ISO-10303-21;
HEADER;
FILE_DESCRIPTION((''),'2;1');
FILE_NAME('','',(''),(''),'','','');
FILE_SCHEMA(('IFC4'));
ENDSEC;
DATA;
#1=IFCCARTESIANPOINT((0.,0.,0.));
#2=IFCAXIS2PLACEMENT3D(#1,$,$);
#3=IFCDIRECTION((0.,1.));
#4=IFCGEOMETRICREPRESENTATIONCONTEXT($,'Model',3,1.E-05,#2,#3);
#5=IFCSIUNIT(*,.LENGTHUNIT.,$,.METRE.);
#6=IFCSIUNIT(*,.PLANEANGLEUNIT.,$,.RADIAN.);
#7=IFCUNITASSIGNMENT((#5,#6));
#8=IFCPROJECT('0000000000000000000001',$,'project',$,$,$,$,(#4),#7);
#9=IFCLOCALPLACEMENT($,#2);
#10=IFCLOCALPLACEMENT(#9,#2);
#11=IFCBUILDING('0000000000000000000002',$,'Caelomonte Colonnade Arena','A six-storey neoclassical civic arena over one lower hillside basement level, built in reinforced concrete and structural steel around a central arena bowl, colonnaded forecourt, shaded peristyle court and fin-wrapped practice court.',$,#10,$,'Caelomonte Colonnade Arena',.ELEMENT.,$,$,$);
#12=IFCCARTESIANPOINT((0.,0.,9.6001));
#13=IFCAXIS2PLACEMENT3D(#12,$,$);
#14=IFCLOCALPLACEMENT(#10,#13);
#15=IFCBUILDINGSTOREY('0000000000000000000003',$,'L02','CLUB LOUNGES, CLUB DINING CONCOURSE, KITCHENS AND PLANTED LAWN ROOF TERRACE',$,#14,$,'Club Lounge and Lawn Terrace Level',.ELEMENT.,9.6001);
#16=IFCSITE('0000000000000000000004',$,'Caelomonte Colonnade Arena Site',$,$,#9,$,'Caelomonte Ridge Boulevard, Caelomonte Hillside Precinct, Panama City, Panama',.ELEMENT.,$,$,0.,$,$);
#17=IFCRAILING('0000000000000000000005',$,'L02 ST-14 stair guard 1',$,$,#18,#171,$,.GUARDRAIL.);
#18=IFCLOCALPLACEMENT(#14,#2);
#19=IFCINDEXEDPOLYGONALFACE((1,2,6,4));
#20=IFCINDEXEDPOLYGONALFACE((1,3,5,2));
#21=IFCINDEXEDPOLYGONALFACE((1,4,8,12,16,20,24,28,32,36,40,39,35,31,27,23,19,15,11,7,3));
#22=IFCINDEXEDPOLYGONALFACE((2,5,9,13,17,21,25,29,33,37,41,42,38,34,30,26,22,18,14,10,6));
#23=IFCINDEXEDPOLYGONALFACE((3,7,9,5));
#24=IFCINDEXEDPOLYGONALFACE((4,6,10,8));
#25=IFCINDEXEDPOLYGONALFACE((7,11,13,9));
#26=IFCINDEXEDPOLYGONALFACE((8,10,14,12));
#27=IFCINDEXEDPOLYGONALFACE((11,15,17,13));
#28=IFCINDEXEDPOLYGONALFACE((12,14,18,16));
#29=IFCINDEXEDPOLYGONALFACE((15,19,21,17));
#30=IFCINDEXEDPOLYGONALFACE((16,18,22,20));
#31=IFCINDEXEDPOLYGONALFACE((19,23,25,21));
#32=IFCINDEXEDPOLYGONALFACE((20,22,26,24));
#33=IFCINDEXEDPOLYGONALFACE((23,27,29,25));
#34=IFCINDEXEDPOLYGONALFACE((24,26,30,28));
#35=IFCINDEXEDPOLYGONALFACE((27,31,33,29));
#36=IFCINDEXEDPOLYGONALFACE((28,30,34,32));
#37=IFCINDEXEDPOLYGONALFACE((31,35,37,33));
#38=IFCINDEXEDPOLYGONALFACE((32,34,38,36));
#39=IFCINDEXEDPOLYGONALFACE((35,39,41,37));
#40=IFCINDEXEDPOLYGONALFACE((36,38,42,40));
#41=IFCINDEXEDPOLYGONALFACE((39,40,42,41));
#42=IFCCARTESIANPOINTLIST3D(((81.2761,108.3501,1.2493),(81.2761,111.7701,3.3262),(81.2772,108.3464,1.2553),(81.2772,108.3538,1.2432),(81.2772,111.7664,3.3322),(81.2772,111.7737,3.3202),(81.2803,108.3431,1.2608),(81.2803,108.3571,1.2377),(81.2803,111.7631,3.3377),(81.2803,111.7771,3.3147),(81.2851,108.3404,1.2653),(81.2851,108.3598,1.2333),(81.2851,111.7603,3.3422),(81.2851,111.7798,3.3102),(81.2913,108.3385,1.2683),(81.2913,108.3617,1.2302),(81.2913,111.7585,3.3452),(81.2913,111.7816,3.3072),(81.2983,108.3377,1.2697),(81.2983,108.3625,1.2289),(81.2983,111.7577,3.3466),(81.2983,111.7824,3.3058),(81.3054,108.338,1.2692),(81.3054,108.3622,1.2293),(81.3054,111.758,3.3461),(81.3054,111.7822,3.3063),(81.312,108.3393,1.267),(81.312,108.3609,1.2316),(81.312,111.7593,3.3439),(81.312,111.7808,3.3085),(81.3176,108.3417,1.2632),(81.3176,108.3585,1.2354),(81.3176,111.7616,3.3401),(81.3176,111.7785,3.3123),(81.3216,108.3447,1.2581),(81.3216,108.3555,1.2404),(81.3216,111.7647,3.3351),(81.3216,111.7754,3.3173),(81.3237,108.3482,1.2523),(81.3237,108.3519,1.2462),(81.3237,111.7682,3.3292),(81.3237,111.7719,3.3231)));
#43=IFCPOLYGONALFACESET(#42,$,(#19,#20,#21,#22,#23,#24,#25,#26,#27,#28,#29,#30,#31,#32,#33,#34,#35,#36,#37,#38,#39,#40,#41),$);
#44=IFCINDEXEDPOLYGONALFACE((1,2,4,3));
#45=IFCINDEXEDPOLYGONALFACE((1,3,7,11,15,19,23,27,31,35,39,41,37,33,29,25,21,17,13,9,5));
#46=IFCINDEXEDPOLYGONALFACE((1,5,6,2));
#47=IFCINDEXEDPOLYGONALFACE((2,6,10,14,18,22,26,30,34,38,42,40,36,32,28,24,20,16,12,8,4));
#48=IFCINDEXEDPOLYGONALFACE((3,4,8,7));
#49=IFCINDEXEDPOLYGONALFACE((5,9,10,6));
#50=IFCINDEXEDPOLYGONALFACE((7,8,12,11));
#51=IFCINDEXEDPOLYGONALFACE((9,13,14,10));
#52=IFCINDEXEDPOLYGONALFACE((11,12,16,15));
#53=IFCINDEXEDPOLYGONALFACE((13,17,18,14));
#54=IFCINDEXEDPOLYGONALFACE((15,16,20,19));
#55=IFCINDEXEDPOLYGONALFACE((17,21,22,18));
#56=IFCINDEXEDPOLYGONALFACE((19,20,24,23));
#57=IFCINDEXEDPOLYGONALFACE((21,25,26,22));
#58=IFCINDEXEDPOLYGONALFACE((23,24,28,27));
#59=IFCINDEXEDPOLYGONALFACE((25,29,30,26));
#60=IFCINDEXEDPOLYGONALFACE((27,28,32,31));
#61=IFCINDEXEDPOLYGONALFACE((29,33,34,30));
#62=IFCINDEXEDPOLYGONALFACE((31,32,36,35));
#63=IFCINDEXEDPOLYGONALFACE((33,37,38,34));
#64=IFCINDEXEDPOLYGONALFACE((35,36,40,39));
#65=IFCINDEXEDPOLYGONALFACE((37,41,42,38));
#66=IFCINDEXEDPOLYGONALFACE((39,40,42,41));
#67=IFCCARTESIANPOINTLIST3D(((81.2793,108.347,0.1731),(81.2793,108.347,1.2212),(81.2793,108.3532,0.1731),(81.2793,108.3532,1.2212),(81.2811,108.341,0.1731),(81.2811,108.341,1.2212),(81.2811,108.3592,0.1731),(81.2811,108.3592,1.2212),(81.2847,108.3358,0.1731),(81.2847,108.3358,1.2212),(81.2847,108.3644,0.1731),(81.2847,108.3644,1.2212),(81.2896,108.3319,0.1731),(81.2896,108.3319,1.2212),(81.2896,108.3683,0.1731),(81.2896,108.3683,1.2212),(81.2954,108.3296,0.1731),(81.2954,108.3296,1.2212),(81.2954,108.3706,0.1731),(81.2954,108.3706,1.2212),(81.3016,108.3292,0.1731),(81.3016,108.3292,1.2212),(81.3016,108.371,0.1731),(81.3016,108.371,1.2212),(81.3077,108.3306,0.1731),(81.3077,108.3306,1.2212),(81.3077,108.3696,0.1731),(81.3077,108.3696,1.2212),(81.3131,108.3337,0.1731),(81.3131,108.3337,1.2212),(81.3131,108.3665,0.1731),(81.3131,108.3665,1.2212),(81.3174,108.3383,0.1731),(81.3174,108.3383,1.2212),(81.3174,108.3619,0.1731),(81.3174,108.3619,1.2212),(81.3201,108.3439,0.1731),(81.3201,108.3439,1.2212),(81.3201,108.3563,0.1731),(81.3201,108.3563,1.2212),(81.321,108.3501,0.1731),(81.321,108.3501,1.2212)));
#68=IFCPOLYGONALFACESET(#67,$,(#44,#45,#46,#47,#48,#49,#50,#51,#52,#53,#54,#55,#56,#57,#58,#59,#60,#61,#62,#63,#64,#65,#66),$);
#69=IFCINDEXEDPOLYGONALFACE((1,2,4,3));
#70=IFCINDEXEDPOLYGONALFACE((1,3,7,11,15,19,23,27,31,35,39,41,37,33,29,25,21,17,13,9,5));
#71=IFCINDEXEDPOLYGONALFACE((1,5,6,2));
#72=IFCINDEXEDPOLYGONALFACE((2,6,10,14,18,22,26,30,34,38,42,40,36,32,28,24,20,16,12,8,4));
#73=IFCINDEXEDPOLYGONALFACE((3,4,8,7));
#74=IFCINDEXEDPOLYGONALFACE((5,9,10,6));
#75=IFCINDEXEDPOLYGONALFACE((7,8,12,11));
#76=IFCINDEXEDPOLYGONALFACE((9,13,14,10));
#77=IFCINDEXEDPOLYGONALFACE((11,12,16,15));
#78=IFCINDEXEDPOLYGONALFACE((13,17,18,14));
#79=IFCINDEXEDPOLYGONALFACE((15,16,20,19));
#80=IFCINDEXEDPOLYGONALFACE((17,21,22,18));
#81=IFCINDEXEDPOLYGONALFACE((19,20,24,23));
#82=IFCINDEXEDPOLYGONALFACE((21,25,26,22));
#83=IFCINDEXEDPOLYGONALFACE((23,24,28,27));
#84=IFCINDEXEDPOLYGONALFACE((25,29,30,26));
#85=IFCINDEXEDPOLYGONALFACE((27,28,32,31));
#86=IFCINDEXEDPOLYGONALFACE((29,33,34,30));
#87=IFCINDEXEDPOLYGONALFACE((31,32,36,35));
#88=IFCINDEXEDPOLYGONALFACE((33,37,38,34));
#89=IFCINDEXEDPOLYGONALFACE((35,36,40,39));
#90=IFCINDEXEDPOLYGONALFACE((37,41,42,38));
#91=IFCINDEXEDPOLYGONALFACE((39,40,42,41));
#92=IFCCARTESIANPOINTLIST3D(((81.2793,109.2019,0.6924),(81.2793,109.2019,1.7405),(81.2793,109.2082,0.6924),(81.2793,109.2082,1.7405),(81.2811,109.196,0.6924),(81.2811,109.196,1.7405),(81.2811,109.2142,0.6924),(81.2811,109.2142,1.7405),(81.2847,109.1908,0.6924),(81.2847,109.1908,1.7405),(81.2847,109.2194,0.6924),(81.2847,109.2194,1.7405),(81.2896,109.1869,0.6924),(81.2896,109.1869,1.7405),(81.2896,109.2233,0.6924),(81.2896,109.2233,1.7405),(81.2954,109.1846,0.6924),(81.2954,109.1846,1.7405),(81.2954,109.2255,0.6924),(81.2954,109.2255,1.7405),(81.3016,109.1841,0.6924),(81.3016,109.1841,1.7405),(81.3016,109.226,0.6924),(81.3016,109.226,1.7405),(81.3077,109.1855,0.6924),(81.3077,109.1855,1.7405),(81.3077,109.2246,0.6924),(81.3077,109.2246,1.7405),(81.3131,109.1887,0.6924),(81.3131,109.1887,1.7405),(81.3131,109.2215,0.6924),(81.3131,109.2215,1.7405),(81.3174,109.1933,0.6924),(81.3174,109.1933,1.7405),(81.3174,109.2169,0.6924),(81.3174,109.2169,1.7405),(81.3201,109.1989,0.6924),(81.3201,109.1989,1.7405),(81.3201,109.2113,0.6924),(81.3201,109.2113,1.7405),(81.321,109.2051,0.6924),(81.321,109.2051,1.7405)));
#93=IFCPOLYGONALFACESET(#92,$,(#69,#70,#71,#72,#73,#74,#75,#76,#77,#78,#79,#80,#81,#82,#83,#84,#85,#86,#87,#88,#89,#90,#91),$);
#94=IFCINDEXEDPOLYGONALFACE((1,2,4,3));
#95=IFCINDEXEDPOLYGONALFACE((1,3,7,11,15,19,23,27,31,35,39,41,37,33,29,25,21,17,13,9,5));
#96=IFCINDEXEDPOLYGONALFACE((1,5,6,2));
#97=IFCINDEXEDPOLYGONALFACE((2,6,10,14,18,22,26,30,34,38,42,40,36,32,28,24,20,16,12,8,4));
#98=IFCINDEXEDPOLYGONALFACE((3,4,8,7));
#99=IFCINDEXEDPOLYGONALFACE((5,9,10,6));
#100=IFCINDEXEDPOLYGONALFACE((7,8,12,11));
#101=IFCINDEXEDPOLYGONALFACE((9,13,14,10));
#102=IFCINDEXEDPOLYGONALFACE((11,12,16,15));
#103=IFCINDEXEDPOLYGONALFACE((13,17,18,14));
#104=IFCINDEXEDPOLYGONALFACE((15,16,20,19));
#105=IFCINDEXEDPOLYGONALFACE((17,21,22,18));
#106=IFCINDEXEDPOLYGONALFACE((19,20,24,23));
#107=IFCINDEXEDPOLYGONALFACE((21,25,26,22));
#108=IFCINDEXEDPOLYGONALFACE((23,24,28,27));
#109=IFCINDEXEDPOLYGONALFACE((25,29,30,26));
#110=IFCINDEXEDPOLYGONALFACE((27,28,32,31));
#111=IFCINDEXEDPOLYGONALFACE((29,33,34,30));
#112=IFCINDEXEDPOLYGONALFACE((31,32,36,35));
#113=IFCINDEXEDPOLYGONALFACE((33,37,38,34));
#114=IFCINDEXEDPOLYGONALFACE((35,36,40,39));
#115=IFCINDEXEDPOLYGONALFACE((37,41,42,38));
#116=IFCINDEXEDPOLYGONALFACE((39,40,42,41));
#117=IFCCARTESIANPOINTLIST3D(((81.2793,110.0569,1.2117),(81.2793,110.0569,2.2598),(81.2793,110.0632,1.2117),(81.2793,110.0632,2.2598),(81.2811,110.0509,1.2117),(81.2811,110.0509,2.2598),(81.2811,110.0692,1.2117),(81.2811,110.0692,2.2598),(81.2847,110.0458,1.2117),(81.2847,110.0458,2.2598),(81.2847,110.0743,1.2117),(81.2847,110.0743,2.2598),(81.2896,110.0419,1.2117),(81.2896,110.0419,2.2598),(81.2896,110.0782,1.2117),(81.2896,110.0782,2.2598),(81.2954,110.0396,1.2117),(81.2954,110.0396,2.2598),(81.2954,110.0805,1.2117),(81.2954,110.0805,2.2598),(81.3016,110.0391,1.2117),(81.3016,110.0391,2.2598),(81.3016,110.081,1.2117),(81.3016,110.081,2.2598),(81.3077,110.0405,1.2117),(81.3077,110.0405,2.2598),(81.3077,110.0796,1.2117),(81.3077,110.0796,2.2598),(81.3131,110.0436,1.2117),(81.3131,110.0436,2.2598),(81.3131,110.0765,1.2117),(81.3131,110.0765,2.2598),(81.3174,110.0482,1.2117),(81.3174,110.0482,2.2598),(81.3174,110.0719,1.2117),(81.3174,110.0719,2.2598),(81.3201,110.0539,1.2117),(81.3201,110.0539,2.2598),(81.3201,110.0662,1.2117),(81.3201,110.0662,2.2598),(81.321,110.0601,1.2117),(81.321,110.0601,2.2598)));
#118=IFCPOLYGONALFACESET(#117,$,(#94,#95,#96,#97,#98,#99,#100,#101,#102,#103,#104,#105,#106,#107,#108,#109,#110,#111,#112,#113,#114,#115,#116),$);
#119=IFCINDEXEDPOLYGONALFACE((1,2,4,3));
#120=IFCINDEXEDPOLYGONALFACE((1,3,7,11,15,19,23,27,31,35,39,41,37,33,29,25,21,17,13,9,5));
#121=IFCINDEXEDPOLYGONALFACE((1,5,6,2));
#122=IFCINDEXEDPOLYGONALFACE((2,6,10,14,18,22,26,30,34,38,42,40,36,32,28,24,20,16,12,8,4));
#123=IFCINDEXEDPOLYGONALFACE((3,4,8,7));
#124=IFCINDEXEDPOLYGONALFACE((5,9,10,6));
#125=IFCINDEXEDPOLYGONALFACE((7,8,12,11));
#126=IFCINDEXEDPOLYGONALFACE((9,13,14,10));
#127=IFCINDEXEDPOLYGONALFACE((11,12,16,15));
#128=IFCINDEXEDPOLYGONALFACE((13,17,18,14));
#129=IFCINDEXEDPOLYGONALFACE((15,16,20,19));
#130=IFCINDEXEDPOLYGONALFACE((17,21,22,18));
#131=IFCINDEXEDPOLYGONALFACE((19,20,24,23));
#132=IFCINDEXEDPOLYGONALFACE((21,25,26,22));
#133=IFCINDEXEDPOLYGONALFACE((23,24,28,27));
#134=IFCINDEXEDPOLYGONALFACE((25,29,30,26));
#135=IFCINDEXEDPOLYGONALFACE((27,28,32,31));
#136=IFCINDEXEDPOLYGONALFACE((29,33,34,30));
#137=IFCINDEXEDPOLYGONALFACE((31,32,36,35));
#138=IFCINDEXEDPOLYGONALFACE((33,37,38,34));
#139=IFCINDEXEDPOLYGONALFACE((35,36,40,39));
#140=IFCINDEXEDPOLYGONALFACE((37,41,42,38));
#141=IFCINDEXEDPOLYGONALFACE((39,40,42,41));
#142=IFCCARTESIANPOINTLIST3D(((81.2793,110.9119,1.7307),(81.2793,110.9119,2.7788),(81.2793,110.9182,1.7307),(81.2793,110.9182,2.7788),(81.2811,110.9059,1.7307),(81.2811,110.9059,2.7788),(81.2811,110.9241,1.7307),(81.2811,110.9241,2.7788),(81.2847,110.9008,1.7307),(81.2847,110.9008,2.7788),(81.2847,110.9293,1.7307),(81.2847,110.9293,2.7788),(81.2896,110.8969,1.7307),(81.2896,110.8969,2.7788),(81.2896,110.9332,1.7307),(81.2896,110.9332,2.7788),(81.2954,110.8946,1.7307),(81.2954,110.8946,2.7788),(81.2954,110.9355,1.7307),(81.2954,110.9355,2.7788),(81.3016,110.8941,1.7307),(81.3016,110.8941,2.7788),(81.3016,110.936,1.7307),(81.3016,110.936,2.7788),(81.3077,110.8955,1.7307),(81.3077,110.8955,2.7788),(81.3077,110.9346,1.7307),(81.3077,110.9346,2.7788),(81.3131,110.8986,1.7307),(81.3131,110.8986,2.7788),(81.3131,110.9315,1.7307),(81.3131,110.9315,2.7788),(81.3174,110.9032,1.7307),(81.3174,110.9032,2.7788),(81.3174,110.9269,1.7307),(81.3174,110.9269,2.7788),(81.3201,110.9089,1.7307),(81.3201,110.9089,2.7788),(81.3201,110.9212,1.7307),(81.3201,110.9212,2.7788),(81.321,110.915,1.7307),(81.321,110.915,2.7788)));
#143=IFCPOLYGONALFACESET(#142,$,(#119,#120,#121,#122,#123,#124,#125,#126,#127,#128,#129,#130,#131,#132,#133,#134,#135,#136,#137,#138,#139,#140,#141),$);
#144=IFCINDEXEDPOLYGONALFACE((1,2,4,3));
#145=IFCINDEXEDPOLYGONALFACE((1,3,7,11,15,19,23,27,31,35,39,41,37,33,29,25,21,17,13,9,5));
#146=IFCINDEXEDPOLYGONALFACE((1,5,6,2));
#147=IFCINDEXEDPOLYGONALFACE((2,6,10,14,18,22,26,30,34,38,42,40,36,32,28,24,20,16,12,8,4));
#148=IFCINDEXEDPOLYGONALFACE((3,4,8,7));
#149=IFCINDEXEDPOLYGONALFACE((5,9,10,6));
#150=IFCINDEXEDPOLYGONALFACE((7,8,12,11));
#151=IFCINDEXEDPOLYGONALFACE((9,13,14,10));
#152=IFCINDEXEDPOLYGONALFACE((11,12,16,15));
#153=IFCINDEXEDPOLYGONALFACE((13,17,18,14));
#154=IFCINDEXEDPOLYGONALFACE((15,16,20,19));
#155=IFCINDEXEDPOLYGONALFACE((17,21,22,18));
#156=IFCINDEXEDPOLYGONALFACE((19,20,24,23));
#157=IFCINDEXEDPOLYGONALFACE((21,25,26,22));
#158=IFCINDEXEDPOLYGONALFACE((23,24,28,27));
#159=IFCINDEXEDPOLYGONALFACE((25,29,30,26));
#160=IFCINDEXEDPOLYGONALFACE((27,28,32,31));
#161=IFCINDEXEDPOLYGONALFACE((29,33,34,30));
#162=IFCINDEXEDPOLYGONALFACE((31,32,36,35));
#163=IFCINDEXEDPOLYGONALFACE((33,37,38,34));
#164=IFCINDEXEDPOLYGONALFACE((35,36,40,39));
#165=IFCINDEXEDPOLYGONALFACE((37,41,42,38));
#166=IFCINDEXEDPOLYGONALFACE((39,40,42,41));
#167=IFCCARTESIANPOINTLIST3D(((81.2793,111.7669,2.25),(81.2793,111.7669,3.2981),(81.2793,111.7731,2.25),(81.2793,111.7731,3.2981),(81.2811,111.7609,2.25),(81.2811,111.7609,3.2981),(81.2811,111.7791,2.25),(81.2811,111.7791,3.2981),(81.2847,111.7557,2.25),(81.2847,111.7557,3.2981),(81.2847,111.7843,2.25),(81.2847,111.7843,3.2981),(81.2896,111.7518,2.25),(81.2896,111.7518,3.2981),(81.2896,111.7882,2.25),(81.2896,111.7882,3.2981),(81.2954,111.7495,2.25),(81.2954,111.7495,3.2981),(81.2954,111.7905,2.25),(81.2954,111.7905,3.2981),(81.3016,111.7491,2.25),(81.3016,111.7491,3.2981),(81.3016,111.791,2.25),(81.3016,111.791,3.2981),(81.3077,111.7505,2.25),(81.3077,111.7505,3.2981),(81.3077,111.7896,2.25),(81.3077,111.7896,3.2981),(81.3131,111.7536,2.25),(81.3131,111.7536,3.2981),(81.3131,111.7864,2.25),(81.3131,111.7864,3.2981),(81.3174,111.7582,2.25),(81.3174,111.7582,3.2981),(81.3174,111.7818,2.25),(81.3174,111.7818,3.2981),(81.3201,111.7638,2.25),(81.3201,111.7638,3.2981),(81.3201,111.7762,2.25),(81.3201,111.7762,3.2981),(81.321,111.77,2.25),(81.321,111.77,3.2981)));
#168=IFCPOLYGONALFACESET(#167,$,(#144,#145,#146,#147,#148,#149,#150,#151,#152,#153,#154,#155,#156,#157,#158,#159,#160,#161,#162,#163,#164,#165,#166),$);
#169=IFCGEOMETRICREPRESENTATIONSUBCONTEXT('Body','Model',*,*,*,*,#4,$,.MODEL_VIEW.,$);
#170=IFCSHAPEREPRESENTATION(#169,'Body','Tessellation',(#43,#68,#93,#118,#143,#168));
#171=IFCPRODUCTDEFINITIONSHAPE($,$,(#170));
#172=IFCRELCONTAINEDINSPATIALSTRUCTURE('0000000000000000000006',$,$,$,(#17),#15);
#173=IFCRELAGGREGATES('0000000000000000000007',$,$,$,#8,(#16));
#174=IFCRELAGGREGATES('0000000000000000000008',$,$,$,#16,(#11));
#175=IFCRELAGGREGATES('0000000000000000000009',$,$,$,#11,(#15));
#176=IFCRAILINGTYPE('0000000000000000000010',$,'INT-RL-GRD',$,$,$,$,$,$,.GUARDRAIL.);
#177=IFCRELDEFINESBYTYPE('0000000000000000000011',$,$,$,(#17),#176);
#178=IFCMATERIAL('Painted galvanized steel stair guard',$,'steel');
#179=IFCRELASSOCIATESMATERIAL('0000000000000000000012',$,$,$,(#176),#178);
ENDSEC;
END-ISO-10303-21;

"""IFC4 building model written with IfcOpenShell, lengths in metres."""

from ifc_helpers import new_model, si_unit, direction, frame, origin, origin_2d, place, context, subcontext, project, spatial, circle, extrude, material, type_object, element, save


model = new_model("IFC4")

# Units and contexts
model_context = context("Model", 3, precision=1e-05, world=origin(), true_north=direction((0.0, 1.0)))
body_context = subcontext(model_context, "Body", "Model", "MODEL_VIEW")
ifc_project = project(units=[si_unit("LENGTHUNIT", "METRE"), si_unit("PLANEANGLEUNIT", "RADIAN")], contexts=[model_context])

# Site, building, storey
site_placement = place(None, origin())
site = spatial("IfcSite", under=ifc_project, at=site_placement, Name="Caelomonte Colonnade Arena Site", LongName="Caelomonte Ridge Boulevard, Caelomonte Hillside Precinct, Panama City, Panama", CompositionType="ELEMENT", RefElevation=0.0)
building_placement = place(site_placement, origin())
building = spatial("IfcBuilding", under=site, at=building_placement, Name="Caelomonte Colonnade Arena", Description="A six-storey neoclassical civic arena over one lower hillside basement level, built in reinforced concrete and structural steel around a central arena bowl, colonnaded forecourt, shaded peristyle court and fin-wrapped practice court.", LongName="Caelomonte Colonnade Arena", CompositionType="ELEMENT")
storey_placement = place(building_placement, frame((0.0, 0.0, 9.6001)))
storey = spatial("IfcBuildingStorey", under=building, at=storey_placement, Name="L02", Description="CLUB LOUNGES, CLUB DINING CONCOURSE, KITCHENS AND PLANTED LAWN ROOF TERRACE", LongName="Club Lounge and Lawn Terrace Level", CompositionType="ELEMENT", Elevation=9.6001)

# Railing
ifc_material_1 = material(Name="Painted galvanized steel stair guard", Category="steel")
railing_type_1 = type_object("IfcRailingType", Name="INT-RL-GRD", PredefinedType="GUARDRAIL", material=ifc_material_1)
railing_1_placement = place(storey_placement, frame((81.3, 108.3501, 0.1731)))
element("IfcRailing", 1, at=railing_1_placement, inside=storey, type_object=railing_type_1, Name="L02 ST-14 stair guard 1", PredefinedType="GUARDRAIL", context=body_context, shape_type="SweptSolid", body=[
    extrude(circle(Radius=0.0239, at=origin_2d()), frame((0.0, 0.0, 1.0762), z_axis=(0.0, 0.85473, 0.519074), x_axis=(-1.0, 0.0, 0.0)), (0.0, 0.0, 1.0), 4.0012),
    extrude(circle(Radius=0.021, at=origin_2d()), origin(), (0.0, 0.0, 1.0), 1.0481),
    extrude(circle(Radius=0.021, at=origin_2d()), frame((0.0, 0.855, 0.5193)), (0.0, 0.0, 1.0), 1.0481),
    extrude(circle(Radius=0.021, at=origin_2d()), frame((0.0, 1.71, 1.0386)), (0.0, 0.0, 1.0), 1.0481),
    extrude(circle(Radius=0.021, at=origin_2d()), frame((0.0, 2.5649, 1.5576)), (0.0, 0.0, 1.0), 1.0481),
    extrude(circle(Radius=0.021, at=origin_2d()), frame((0.0, 3.4199, 2.0769)), (0.0, 0.0, 1.0), 1.0481),
])

save(model, "model.ifc")
